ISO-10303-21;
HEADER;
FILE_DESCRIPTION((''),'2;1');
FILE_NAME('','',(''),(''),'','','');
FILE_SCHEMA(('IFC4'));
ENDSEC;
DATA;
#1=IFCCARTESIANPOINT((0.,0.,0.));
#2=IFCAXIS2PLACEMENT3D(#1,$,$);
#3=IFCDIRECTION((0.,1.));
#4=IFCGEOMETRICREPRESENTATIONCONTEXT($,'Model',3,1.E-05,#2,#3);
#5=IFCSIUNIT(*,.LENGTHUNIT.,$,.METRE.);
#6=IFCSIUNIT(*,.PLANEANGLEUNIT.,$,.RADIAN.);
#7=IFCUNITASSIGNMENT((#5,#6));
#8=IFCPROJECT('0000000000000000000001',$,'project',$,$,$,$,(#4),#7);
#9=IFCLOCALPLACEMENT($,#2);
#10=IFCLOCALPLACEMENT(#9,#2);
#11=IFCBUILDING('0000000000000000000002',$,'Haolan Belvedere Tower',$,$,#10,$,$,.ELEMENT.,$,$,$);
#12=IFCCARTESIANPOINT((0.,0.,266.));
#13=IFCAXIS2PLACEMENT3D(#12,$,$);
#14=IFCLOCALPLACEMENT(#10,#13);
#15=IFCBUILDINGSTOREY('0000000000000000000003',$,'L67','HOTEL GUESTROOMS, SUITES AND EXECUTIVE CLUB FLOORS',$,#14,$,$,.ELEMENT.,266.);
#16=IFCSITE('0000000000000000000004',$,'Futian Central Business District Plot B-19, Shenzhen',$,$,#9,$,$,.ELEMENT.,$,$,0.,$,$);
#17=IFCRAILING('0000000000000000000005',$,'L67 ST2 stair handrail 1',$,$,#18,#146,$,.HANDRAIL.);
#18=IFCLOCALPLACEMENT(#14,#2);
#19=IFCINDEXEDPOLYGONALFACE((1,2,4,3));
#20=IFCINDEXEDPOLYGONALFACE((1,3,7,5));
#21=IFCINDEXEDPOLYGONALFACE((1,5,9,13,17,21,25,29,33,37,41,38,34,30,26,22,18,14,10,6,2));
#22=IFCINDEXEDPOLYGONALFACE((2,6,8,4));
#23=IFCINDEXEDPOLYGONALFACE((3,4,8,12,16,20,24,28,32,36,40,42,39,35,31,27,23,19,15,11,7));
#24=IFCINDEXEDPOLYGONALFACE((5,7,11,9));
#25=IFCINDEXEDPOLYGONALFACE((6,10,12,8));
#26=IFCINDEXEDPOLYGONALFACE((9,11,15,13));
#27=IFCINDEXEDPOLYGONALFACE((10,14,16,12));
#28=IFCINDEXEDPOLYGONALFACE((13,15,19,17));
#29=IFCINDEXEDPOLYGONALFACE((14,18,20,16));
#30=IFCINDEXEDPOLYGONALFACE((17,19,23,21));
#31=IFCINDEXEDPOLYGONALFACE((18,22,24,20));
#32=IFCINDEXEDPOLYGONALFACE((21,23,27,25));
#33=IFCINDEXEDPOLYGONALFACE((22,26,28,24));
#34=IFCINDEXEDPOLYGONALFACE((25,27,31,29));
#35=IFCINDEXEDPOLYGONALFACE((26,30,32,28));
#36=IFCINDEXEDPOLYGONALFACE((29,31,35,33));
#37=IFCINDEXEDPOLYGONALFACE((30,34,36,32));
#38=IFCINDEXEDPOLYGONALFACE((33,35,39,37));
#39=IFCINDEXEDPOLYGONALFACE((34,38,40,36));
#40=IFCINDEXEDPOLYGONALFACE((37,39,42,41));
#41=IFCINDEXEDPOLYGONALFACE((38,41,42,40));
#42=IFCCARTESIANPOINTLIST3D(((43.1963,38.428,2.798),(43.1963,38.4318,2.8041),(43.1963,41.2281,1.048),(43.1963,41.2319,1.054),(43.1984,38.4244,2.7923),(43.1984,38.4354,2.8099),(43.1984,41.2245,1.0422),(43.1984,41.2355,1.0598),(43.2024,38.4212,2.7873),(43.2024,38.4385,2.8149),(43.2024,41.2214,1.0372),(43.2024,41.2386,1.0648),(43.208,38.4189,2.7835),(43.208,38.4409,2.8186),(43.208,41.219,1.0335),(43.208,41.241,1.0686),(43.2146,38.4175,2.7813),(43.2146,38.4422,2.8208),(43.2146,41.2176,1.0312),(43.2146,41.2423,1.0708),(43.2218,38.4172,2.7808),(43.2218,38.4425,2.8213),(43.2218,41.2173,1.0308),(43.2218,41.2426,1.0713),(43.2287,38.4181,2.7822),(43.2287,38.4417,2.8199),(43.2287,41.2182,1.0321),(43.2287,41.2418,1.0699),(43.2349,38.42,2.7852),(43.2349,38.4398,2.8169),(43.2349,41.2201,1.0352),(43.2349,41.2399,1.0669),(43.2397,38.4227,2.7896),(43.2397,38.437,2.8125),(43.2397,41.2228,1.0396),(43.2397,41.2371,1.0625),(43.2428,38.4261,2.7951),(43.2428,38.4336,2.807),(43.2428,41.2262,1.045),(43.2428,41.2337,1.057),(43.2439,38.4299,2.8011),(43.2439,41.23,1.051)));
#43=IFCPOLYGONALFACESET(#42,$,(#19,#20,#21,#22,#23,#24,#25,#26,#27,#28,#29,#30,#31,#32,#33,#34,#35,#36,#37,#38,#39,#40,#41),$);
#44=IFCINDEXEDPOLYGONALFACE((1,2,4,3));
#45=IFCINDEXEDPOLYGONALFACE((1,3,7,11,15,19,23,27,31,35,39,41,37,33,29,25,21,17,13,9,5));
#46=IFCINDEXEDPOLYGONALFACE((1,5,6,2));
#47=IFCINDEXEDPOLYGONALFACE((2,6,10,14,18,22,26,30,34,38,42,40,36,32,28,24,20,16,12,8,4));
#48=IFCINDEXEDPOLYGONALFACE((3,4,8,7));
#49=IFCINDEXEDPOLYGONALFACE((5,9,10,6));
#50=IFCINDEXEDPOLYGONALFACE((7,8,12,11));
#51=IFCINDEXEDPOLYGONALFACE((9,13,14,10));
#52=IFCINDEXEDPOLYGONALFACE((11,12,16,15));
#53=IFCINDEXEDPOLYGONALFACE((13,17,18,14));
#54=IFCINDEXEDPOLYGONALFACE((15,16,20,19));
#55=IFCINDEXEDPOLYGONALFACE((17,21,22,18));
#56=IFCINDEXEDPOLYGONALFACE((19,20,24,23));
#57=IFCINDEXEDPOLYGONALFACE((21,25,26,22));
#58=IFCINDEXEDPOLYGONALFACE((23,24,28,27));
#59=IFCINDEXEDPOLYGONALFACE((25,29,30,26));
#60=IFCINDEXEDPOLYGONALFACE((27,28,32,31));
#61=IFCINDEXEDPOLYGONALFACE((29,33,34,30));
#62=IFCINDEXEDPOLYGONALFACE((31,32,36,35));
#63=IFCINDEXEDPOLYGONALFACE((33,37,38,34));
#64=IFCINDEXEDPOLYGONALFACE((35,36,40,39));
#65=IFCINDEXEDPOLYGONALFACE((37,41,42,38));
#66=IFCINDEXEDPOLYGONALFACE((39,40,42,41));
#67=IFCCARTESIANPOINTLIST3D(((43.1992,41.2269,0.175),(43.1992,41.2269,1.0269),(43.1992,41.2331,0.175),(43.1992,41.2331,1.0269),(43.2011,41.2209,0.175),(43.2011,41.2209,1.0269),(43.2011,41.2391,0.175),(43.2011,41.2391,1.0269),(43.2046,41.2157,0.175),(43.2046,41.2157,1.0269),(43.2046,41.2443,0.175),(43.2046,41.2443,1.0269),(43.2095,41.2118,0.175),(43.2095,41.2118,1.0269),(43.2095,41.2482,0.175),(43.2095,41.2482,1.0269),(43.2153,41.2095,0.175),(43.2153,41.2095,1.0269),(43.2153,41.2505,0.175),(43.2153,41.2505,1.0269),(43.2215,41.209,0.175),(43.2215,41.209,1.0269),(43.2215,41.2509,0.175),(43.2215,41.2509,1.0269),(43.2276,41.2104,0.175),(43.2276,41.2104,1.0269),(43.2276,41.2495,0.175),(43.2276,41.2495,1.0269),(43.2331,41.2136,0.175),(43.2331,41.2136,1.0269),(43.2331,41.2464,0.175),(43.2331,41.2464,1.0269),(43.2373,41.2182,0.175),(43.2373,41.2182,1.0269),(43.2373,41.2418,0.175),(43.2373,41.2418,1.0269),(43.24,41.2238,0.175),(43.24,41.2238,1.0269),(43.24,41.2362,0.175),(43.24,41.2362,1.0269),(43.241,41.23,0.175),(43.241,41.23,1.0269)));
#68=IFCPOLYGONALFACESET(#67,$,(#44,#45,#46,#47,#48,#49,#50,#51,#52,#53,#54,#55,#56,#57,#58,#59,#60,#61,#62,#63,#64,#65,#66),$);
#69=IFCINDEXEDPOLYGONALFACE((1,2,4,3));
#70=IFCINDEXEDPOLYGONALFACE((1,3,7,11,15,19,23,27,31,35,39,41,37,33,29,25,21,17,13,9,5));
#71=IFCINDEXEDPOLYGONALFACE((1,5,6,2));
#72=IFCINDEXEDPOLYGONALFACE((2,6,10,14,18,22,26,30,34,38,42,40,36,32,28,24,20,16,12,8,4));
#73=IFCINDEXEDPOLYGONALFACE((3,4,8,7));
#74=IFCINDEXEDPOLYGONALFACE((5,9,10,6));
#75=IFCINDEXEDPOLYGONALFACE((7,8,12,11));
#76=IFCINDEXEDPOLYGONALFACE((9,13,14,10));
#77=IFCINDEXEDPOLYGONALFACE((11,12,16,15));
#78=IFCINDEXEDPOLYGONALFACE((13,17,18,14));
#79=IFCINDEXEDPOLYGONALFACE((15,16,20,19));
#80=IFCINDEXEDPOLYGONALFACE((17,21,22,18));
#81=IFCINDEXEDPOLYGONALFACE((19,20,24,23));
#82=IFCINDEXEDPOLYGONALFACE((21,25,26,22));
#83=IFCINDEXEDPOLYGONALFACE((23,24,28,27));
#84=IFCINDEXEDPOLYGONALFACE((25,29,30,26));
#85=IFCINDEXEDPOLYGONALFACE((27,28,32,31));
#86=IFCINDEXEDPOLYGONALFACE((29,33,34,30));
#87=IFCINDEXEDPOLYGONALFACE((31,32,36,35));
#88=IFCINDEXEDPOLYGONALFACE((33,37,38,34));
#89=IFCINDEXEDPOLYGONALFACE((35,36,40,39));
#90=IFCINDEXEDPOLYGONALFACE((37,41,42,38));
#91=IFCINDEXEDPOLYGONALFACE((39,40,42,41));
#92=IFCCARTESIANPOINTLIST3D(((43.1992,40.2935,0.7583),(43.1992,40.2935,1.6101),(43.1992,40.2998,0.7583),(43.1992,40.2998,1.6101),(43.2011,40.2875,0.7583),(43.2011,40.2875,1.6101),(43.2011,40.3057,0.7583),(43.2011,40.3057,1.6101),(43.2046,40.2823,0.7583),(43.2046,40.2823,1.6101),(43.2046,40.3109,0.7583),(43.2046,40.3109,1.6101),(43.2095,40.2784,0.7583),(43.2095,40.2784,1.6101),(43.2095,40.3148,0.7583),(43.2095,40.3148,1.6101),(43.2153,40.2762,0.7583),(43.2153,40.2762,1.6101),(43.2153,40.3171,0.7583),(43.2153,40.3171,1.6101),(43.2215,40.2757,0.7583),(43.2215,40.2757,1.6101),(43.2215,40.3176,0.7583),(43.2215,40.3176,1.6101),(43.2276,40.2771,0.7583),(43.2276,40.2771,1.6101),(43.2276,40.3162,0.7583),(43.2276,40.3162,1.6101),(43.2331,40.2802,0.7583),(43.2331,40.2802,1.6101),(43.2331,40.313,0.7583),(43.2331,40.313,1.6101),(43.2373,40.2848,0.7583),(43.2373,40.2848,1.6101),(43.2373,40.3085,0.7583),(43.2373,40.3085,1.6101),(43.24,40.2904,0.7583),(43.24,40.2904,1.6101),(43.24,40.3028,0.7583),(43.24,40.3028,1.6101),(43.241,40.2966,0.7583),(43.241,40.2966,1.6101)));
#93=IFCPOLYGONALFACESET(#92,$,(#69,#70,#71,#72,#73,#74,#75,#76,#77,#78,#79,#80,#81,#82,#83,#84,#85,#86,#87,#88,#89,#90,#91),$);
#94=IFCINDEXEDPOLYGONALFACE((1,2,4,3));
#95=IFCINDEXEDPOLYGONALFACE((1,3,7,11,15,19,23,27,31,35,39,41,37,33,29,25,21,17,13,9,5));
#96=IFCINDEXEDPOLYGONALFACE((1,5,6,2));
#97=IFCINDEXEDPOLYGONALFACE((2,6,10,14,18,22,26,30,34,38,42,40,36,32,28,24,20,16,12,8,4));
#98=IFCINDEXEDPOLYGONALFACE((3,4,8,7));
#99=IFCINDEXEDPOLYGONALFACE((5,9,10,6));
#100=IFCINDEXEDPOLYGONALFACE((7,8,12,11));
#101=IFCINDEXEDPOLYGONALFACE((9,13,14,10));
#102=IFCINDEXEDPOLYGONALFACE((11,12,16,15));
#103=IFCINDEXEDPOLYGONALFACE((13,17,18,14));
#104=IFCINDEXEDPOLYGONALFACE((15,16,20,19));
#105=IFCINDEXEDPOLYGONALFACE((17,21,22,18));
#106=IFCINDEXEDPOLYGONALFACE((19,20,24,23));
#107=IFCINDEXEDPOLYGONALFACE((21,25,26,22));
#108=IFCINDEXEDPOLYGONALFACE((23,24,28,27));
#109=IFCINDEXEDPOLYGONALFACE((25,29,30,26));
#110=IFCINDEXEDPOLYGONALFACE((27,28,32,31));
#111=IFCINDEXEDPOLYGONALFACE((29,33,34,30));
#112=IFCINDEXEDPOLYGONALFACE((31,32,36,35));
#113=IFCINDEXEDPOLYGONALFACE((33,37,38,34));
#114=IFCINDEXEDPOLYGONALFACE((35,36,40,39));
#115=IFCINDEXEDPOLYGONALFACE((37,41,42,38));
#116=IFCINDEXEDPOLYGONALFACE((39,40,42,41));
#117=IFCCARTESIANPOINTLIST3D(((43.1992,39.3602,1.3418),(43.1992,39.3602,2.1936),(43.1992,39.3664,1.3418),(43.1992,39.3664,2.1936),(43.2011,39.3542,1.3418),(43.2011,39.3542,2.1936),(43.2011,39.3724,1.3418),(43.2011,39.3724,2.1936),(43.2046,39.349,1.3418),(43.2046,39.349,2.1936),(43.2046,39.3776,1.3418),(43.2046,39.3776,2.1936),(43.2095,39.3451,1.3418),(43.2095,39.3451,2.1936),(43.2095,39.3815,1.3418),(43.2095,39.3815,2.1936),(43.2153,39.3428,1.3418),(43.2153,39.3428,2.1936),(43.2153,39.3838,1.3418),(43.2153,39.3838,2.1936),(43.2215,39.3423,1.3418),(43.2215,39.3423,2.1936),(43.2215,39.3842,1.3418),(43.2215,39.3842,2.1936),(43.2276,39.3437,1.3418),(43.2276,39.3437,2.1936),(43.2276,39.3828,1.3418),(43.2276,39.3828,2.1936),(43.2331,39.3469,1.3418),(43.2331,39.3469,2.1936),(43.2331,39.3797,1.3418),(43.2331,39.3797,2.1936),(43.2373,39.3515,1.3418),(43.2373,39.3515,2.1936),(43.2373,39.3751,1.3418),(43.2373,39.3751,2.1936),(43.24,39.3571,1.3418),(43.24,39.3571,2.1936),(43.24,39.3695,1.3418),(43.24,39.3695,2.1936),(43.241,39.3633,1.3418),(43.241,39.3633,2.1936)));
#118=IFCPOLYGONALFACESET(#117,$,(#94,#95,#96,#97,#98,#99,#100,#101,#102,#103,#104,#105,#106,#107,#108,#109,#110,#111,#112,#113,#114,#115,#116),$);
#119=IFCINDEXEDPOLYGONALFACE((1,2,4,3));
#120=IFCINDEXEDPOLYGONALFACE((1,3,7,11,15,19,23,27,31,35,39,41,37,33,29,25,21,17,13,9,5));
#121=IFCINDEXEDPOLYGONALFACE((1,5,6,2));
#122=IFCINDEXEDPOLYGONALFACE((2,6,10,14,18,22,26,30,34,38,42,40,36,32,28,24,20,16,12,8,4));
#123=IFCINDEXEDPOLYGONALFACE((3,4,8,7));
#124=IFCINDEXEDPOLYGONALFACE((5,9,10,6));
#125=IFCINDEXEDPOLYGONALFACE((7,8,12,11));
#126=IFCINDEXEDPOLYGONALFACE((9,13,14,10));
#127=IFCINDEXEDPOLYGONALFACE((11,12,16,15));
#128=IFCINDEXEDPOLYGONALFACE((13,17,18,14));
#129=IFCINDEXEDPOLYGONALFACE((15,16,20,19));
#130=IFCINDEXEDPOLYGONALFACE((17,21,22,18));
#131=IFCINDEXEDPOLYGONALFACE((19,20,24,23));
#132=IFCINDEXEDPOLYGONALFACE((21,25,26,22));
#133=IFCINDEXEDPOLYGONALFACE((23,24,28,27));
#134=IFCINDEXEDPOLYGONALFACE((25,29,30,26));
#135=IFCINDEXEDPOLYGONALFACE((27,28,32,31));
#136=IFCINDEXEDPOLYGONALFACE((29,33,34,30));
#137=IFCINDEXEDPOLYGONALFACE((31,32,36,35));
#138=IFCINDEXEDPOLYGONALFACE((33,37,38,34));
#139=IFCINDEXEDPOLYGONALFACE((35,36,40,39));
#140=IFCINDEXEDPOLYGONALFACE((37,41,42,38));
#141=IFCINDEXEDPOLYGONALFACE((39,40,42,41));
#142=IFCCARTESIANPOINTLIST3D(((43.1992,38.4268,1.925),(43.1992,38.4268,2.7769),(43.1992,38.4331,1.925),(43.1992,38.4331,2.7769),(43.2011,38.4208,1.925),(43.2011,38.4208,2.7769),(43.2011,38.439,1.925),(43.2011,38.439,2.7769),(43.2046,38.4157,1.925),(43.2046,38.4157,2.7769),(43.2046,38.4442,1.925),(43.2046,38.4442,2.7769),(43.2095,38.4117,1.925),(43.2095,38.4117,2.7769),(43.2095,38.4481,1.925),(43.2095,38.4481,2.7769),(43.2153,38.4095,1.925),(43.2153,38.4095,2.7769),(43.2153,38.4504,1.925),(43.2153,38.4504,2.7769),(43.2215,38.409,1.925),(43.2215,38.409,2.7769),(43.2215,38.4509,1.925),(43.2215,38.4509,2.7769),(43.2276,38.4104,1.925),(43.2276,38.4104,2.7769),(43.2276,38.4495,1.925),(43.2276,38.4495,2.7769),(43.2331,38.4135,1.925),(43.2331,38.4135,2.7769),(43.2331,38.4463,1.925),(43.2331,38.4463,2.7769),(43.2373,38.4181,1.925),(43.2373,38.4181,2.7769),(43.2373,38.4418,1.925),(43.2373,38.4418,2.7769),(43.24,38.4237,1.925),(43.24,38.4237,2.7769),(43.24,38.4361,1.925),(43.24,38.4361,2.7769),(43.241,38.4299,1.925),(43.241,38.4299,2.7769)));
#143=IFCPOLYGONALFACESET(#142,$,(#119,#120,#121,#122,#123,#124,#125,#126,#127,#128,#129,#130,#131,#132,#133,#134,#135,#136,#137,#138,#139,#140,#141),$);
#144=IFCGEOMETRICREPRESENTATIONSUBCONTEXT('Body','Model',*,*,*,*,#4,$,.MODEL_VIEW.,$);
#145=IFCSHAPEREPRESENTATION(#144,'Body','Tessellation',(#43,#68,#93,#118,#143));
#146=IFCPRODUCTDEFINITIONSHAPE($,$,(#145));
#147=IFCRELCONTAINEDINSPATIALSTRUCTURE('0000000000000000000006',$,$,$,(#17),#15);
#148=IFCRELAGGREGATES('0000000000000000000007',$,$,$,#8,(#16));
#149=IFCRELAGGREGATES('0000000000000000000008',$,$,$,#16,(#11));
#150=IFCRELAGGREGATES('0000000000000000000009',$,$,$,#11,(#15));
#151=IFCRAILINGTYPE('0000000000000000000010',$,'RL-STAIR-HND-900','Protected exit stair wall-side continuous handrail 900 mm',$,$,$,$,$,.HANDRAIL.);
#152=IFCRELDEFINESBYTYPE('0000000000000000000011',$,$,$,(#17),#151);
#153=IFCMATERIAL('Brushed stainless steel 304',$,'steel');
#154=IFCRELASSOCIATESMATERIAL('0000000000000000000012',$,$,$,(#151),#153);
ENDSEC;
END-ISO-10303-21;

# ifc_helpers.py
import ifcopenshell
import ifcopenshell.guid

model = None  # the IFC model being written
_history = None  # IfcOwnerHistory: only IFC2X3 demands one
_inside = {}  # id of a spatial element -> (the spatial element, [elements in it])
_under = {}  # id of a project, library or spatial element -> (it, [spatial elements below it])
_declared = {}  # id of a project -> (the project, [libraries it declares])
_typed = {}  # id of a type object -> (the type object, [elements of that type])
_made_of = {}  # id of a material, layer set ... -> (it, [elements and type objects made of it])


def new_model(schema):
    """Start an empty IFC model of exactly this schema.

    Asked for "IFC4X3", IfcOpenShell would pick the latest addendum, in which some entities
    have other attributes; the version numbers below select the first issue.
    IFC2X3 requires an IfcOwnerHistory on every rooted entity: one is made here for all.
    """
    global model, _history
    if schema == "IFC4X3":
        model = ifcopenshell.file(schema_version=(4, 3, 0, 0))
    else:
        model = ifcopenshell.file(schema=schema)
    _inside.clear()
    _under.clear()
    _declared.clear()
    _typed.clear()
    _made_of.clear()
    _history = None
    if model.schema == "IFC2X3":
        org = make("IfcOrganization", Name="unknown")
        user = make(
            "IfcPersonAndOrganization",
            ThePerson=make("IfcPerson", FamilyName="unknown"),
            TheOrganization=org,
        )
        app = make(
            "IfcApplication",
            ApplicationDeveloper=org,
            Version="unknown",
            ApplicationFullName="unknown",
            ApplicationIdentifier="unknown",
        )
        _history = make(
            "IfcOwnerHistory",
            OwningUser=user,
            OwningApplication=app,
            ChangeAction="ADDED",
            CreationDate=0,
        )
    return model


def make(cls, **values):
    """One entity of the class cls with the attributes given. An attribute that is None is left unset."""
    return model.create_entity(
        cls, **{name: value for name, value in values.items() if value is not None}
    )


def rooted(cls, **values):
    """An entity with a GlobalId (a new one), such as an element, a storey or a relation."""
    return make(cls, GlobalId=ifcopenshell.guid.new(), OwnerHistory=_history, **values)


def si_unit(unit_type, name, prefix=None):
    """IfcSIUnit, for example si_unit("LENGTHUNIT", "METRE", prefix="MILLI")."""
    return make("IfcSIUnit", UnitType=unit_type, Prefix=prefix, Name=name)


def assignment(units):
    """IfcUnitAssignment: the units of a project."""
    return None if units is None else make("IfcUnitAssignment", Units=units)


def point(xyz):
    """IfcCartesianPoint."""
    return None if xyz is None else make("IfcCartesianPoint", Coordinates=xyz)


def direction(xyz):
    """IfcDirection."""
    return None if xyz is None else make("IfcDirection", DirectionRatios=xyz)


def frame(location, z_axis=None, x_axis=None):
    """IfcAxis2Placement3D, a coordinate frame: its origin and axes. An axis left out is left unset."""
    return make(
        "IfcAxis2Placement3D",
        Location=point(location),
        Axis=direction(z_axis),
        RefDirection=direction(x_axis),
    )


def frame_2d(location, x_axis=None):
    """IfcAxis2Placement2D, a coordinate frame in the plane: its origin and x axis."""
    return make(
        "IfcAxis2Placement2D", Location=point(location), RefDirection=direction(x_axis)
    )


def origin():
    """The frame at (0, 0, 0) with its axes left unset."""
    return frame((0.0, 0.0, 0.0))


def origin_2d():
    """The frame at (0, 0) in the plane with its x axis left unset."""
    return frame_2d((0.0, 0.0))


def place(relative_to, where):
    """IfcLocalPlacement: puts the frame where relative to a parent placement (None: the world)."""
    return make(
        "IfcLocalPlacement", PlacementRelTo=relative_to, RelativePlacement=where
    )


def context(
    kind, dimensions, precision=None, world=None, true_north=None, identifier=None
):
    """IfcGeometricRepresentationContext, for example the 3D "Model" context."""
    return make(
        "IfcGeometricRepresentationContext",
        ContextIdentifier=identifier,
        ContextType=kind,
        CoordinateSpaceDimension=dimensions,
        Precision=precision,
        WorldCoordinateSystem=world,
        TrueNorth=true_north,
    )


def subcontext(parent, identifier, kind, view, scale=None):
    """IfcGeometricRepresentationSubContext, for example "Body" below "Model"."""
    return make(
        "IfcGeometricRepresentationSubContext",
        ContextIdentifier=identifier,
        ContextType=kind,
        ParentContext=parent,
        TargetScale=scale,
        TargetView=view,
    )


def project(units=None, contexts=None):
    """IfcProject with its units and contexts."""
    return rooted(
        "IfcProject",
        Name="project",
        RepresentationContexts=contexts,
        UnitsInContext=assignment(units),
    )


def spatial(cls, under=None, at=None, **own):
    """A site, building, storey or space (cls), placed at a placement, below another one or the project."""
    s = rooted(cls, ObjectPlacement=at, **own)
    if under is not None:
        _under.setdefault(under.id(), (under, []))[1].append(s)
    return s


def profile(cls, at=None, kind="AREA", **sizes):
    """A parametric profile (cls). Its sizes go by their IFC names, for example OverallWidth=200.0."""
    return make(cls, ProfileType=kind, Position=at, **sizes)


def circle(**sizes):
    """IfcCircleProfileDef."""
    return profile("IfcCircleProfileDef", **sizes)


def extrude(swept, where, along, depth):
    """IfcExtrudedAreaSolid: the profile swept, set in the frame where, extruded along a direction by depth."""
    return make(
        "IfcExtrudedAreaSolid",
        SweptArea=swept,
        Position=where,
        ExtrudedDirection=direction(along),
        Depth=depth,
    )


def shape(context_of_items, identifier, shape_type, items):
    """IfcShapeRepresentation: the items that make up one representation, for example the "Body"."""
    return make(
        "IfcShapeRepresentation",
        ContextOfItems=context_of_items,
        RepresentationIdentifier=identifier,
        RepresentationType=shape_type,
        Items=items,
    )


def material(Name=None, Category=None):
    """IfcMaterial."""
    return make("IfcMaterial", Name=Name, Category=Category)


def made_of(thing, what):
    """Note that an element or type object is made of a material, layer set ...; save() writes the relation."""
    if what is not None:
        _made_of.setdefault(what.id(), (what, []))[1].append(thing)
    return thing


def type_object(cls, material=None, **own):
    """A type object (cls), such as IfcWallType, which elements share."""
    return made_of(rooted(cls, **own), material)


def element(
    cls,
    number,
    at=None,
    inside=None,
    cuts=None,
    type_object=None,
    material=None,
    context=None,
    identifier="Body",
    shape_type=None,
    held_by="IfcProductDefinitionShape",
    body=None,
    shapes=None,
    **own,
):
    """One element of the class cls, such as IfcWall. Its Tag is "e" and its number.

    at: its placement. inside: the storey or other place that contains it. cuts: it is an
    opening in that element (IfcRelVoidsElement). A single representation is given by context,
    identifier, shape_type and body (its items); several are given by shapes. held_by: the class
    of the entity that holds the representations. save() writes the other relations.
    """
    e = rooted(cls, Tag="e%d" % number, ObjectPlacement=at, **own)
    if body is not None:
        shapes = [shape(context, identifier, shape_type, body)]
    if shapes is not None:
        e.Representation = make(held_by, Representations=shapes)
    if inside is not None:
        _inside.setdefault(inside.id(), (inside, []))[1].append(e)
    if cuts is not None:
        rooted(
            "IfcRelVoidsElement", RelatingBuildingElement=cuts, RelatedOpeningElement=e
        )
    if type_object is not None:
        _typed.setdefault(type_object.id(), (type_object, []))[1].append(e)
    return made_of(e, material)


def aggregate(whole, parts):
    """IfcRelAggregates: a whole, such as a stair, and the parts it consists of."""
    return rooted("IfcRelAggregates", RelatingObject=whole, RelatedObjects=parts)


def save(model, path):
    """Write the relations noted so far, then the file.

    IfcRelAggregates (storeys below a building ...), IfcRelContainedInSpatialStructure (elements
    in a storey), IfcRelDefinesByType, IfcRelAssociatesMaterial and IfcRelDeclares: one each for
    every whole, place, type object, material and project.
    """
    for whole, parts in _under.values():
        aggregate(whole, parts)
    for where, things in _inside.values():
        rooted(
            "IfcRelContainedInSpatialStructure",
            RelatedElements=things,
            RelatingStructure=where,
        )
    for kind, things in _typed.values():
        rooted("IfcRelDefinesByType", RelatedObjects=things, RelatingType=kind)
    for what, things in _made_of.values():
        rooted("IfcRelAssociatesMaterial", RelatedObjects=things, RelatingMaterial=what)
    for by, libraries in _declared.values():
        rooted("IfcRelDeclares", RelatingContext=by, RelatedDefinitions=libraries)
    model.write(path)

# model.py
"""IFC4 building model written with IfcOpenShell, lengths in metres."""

from ifc_helpers import new_model, si_unit, direction, frame, origin, origin_2d, place, context, subcontext, project, spatial, circle, extrude, material, type_object, element, save


model = new_model("IFC4")

# Units and contexts
model_context = context("Model", 3, precision=1e-05, world=origin(), true_north=direction((0.0, 1.0)))
body_context = subcontext(model_context, "Body", "Model", "MODEL_VIEW")
ifc_project = project(units=[si_unit("LENGTHUNIT", "METRE"), si_unit("PLANEANGLEUNIT", "RADIAN")], contexts=[model_context])

# Site, building, storey
site_placement = place(None, origin())
site = spatial("IfcSite", under=ifc_project, at=site_placement, Name="Futian Central Business District Plot B-19, Shenzhen", CompositionType="ELEMENT", RefElevation=0.0)
building_placement = place(site_placement, origin())
building = spatial("IfcBuilding", under=site, at=building_placement, Name="Haolan Belvedere Tower", CompositionType="ELEMENT")
storey_placement = place(building_placement, frame((0.0, 0.0, 266.0)))
storey = spatial("IfcBuildingStorey", under=building, at=storey_placement, Name="L67", Description="HOTEL GUESTROOMS, SUITES AND EXECUTIVE CLUB FLOORS", CompositionType="ELEMENT", Elevation=266.0)

# Railing
ifc_material_1 = material(Name="Brushed stainless steel 304", Category="steel")
railing_type_1 = type_object("IfcRailingType", Name="RL-STAIR-HND-900", Description="Protected exit stair wall-side continuous handrail 900 mm", PredefinedType="HANDRAIL", material=ifc_material_1)
railing_1_placement = place(storey_placement, frame((43.22, 41.23, 0.175)))
element("IfcRailing", 1, at=railing_1_placement, inside=storey, type_object=railing_type_1, Name="L67 ST2 stair handrail 1", PredefinedType="HANDRAIL", context=body_context, shape_type="SweptSolid", body=[
    extrude(circle(Radius=0.0239, at=origin_2d()), frame((0.0, 0.0, 0.876), z_axis=(0.0, -0.848002, 0.529992), x_axis=(1.0, 0.0, 0.0)), (0.0, 0.0, 1.0), 3.302),
    extrude(circle(Radius=0.021, at=origin_2d()), origin(), (0.0, 0.0, 1.0), 0.8518),
    extrude(circle(Radius=0.021, at=origin_2d()), frame((0.0, -0.9333, 0.5833)), (0.0, 0.0, 1.0), 0.8518),
    extrude(circle(Radius=0.021, at=origin_2d()), frame((0.0, -1.8667, 1.1667)), (0.0, 0.0, 1.0), 0.8518),
    extrude(circle(Radius=0.021, at=origin_2d()), frame((0.0, -2.8, 1.75)), (0.0, 0.0, 1.0), 0.8518),
])

save(model, "model.ifc")
